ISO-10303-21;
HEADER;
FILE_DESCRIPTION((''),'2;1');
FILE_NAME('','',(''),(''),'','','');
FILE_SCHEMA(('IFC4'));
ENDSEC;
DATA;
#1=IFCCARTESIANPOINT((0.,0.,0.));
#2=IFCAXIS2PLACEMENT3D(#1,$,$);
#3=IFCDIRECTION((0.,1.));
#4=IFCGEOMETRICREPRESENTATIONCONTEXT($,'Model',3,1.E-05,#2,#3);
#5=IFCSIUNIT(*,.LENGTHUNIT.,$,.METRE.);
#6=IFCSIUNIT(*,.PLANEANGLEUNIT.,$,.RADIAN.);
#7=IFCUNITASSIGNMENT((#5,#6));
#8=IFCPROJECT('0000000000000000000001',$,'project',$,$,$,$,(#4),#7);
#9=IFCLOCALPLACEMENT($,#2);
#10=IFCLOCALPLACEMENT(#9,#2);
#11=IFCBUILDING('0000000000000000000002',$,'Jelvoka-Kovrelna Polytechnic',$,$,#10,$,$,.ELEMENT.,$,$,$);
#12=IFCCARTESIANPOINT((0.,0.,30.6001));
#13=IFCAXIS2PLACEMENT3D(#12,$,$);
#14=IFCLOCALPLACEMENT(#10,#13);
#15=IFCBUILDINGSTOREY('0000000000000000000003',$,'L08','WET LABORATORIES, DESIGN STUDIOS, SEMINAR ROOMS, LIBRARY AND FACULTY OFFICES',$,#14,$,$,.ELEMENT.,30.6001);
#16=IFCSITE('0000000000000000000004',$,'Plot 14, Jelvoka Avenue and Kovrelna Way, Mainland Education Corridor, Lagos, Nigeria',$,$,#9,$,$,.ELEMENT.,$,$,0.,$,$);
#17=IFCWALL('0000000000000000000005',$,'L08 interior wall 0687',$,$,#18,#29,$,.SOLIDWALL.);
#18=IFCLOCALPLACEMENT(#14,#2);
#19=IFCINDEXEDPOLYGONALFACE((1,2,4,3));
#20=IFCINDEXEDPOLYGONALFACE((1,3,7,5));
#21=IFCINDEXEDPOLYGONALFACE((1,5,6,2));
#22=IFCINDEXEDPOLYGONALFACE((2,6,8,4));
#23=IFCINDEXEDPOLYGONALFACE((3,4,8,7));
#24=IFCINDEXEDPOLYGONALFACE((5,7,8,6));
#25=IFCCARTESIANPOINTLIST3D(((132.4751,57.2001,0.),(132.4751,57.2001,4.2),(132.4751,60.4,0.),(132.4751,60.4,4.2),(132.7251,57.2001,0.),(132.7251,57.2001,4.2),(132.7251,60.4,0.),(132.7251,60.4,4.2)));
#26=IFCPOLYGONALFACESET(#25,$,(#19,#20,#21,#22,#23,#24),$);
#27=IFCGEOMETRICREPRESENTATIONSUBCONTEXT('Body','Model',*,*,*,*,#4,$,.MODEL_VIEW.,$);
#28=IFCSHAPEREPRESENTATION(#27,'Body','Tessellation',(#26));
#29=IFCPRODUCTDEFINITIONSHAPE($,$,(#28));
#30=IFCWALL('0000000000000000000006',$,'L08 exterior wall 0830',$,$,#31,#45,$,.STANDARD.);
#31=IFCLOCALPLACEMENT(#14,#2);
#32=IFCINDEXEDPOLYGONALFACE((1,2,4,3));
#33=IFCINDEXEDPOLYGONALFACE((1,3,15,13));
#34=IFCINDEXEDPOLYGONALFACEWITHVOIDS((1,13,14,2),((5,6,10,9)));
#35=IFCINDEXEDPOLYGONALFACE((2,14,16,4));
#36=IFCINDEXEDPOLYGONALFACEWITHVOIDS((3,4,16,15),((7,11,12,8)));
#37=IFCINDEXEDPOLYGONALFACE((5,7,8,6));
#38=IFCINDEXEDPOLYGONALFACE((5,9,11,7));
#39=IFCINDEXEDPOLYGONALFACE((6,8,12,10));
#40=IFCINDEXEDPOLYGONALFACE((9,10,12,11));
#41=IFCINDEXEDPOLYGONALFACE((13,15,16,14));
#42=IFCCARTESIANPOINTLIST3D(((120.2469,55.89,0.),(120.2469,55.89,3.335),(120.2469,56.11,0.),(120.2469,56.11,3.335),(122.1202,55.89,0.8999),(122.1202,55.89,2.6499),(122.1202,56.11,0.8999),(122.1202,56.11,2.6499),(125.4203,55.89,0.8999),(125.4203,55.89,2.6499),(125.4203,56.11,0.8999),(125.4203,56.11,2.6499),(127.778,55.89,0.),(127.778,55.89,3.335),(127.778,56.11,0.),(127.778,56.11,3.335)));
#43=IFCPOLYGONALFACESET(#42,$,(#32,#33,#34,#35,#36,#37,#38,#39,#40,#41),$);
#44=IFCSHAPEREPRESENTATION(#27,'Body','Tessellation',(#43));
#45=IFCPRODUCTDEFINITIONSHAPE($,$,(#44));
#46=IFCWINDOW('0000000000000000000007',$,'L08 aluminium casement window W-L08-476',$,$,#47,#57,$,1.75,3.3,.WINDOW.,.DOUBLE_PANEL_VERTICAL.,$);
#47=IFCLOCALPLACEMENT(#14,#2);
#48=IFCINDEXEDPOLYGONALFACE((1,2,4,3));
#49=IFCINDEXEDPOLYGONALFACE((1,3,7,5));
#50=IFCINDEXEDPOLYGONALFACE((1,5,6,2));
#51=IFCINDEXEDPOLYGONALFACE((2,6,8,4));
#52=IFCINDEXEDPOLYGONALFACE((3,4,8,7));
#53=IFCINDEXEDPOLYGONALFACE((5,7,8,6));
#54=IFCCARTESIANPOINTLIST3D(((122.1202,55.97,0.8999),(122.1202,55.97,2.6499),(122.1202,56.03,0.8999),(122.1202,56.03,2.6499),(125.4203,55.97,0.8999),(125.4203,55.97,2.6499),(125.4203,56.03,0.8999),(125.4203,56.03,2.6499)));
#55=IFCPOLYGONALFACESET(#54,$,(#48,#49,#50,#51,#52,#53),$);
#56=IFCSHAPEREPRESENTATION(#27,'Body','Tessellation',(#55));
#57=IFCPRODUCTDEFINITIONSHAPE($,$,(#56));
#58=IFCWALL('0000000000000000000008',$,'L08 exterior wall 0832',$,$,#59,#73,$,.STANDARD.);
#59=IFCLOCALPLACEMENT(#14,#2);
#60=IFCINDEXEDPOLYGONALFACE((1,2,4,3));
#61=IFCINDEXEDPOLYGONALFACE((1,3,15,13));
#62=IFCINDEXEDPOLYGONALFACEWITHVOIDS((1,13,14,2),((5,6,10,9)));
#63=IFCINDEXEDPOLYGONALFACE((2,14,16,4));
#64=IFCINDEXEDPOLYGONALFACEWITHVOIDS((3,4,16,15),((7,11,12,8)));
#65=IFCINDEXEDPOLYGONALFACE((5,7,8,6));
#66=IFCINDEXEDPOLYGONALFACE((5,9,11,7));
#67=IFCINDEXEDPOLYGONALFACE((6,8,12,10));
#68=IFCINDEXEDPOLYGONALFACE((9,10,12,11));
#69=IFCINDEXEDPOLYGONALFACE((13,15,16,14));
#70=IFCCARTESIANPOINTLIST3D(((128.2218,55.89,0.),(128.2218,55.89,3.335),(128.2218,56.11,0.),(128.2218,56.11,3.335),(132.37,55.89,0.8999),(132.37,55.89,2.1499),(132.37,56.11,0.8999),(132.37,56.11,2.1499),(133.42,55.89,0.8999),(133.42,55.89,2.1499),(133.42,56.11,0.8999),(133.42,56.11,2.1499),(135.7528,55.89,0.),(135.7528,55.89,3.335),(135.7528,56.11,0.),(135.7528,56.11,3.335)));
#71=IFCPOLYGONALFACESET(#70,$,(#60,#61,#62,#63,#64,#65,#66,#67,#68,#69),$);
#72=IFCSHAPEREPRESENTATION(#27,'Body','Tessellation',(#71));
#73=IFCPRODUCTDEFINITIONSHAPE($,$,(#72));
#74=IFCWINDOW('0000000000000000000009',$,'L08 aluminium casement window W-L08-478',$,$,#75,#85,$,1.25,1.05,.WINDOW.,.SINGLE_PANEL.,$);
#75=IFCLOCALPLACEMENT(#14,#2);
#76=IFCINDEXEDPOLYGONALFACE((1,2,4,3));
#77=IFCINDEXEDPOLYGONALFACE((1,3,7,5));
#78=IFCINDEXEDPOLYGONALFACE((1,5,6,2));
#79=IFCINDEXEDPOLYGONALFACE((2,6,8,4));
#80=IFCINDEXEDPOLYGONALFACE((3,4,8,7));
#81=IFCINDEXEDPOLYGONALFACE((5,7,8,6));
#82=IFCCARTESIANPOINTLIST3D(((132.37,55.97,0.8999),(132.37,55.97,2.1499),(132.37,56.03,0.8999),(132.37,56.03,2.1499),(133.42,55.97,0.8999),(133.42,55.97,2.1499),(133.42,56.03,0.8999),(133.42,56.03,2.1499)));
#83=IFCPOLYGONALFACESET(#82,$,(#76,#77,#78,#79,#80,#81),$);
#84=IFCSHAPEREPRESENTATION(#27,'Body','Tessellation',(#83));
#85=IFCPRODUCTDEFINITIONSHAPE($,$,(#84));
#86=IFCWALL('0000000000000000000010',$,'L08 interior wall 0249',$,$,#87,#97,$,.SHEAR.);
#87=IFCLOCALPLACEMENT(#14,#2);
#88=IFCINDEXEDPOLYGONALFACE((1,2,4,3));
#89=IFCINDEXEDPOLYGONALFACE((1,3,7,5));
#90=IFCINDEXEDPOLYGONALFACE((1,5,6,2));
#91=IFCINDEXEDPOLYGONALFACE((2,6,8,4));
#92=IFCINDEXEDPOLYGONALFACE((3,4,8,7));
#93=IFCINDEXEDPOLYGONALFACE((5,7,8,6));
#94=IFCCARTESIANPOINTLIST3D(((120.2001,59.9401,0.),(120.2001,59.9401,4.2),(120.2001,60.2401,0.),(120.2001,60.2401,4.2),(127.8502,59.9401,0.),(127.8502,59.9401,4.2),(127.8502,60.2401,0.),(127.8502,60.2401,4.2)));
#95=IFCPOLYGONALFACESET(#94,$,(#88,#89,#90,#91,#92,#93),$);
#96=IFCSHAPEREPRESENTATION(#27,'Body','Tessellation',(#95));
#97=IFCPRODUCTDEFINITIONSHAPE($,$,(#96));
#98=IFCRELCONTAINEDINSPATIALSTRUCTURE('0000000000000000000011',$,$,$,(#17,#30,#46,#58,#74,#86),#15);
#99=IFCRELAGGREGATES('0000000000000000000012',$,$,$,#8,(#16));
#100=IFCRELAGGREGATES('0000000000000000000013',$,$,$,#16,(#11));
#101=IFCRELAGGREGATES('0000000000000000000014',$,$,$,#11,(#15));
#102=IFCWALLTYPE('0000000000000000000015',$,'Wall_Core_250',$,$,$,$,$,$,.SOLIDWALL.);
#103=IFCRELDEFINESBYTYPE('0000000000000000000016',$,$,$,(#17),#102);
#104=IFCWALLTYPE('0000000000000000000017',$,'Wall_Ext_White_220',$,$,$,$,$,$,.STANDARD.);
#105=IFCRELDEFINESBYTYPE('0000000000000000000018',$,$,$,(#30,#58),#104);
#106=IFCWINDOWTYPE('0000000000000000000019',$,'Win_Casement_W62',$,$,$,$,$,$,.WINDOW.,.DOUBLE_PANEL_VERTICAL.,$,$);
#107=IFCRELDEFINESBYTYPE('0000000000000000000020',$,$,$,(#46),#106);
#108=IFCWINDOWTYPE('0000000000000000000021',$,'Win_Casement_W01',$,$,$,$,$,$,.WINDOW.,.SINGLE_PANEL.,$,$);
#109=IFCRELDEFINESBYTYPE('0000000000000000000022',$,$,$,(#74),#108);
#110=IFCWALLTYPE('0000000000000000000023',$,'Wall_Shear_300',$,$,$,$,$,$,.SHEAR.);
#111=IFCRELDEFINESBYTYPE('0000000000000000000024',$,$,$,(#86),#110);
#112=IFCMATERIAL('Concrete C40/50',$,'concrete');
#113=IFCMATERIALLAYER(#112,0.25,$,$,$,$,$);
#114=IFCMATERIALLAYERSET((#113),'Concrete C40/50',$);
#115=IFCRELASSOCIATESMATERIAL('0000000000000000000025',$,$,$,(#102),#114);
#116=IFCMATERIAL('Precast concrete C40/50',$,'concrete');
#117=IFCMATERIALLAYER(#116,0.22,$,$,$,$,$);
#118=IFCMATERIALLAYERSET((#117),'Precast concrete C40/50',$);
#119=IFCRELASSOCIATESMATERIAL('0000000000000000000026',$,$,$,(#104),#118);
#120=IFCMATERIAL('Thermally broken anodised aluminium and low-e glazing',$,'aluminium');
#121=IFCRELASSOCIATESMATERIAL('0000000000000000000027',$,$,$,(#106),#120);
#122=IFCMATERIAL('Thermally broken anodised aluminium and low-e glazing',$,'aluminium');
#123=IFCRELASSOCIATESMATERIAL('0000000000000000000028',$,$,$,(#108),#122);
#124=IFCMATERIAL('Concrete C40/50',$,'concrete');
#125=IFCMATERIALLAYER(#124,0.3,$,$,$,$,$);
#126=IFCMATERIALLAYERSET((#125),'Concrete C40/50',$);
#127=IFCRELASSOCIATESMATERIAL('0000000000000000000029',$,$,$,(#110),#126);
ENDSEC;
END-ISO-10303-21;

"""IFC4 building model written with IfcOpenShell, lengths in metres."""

from ifc_helpers import new_model, si_unit, direction, frame, frame_2d, origin, place, context, subcontext, project, spatial, rectangle, extrude, material, layer, layer_set, type_object, element, fill, save


model = new_model("IFC4")

# Units and contexts
model_context = context("Model", 3, precision=1e-05, world=origin(), true_north=direction((0.0, 1.0)))
body_context = subcontext(model_context, "Body", "Model", "MODEL_VIEW")
ifc_project = project(units=[si_unit("LENGTHUNIT", "METRE"), si_unit("PLANEANGLEUNIT", "RADIAN")], contexts=[model_context])

# Site, building, storey
site_placement = place(None, origin())
site = spatial("IfcSite", under=ifc_project, at=site_placement, Name="Plot 14, Jelvoka Avenue and Kovrelna Way, Mainland Education Corridor, Lagos, Nigeria", CompositionType="ELEMENT", RefElevation=0.0)
building_placement = place(site_placement, origin())
building = spatial("IfcBuilding", under=site, at=building_placement, Name="Jelvoka-Kovrelna Polytechnic", CompositionType="ELEMENT")
storey_placement = place(building_placement, frame((0.0, 0.0, 30.6001)))
storey = spatial("IfcBuildingStorey", under=building, at=storey_placement, Name="L08", Description="WET LABORATORIES, DESIGN STUDIOS, SEMINAR ROOMS, LIBRARY AND FACULTY OFFICES", CompositionType="ELEMENT", Elevation=30.6001)

# Wall
ifc_material_1 = material(Name="Concrete C40/50", Category="concrete")
ifc_layer_1 = layer(ifc_material_1, 0.25)
ifc_layer_set_1 = layer_set([ifc_layer_1], Name="Concrete C40/50")
wall_type_1 = type_object("IfcWallType", Name="Wall_Core_250", PredefinedType="SOLIDWALL", material=ifc_layer_set_1)
for number, where, z_axis, x_axis, name in (
    (1, (132.6001, 57.2, 0.0), (0.0, 0.0, 1.0), (0.0, 1.0, 0.0), "L08 interior wall 0687"),
):
    element("IfcWall", number, at=place(storey_placement, frame(where, z_axis=z_axis, x_axis=x_axis)), inside=storey, type_object=wall_type_1, Name=name, PredefinedType="SOLIDWALL", context=body_context, shape_type="SweptSolid", body=[
        extrude(rectangle(XDim=3.2, YDim=0.25, at=frame_2d((1.6001, 0.0))), origin(), (0.0, 0.0, 1.0), 4.2),
    ])

# Walls, openings, windows
ifc_material_2 = material(Name="Precast concrete C40/50", Category="concrete")
ifc_layer_2 = layer(ifc_material_2, 0.22)
ifc_layer_set_2 = layer_set([ifc_layer_2], Name="Precast concrete C40/50")
wall_type_2 = type_object("IfcWallType", Name="Wall_Ext_White_220", PredefinedType="STANDARD", material=ifc_layer_set_2)
wall_1_placement = place(storey_placement, frame((127.7781, 56.0, 0.0), z_axis=(0.0, 0.0, 1.0), x_axis=(-1.0, 0.0, 0.0)))
wall_1 = element("IfcWall", 2, at=wall_1_placement, inside=storey, type_object=wall_type_2, Name="L08 exterior wall 0830", PredefinedType="STANDARD", context=body_context, shape_type="SweptSolid", body=[
    extrude(rectangle(XDim=7.531, YDim=0.22, at=frame_2d((3.7656, 0.0))), origin(), (0.0, 0.0, 1.0), 3.335),
])
opening_1_placement = place(wall_1_placement, frame((2.3579, 0.0, 0.8999)))
opening_1 = element("IfcOpeningElement", 3, at=opening_1_placement, cuts=wall_1, PredefinedType="OPENING", context=body_context, shape_type="SweptSolid", body=[
    extrude(rectangle(XDim=3.3, YDim=1.75, at=frame_2d((1.6499, 0.875))), frame((0.0, 0.1199, 0.0), z_axis=(0.0, -1.0, 0.0), x_axis=(1.0, 0.0, 0.0)), (0.0, 0.0, 1.0), 0.24),
])
ifc_material_3 = material(Name="Thermally broken anodised aluminium and low-e glazing", Category="aluminium")
window_type_1 = type_object("IfcWindowType", Name="Win_Casement_W62", PartitioningType="DOUBLE_PANEL_VERTICAL", PredefinedType="WINDOW", material=ifc_material_3)
window_1_placement = place(opening_1_placement, origin())
window_1 = element("IfcWindow", 4, at=window_1_placement, inside=storey, type_object=window_type_1, Name="L08 aluminium casement window W-L08-476", OverallHeight=1.75, OverallWidth=3.3, PartitioningType="DOUBLE_PANEL_VERTICAL", PredefinedType="WINDOW", context=body_context, shape_type="SweptSolid", body=[
    extrude(rectangle(XDim=3.3, YDim=1.75, at=frame_2d((1.6499, 0.875))), frame((0.0, 0.03, 0.0), z_axis=(0.0, -1.0, 0.0), x_axis=(1.0, 0.0, 0.0)), (0.0, 0.0, 1.0), 0.0601),
])
fill(opening_1, window_1)
wall_2_placement = place(storey_placement, frame((135.7529, 56.0, 0.0), z_axis=(0.0, 0.0, 1.0), x_axis=(-1.0, 0.0, 0.0)))
wall_2 = element("IfcWall", 5, at=wall_2_placement, inside=storey, type_object=wall_type_2, Name="L08 exterior wall 0832", PredefinedType="STANDARD", context=body_context, shape_type="SweptSolid", body=[
    extrude(rectangle(XDim=7.531, YDim=0.22, at=frame_2d((3.7656, 0.0))), origin(), (0.0, 0.0, 1.0), 3.335),
])
opening_2_placement = place(wall_2_placement, frame((2.333, 0.0, 0.8999)))
opening_2 = element("IfcOpeningElement", 6, at=opening_2_placement, cuts=wall_2, PredefinedType="OPENING", context=body_context, shape_type="SweptSolid", body=[
    extrude(rectangle(XDim=1.05, YDim=1.25, at=frame_2d((0.5249, 0.625))), frame((0.0, 0.1199, 0.0), z_axis=(0.0, -1.0, 0.0), x_axis=(1.0, 0.0, 0.0)), (0.0, 0.0, 1.0), 0.24),
])
ifc_material_4 = material(Name="Thermally broken anodised aluminium and low-e glazing", Category="aluminium")
window_type_2 = type_object("IfcWindowType", Name="Win_Casement_W01", PartitioningType="SINGLE_PANEL", PredefinedType="WINDOW", material=ifc_material_4)
window_2_placement = place(opening_2_placement, origin())
window_2 = element("IfcWindow", 7, at=window_2_placement, inside=storey, type_object=window_type_2, Name="L08 aluminium casement window W-L08-478", OverallHeight=1.25, OverallWidth=1.05, PartitioningType="SINGLE_PANEL", PredefinedType="WINDOW", context=body_context, shape_type="SweptSolid", body=[
    extrude(rectangle(XDim=1.05, YDim=1.25, at=frame_2d((0.5249, 0.625))), frame((0.0, 0.03, 0.0), z_axis=(0.0, -1.0, 0.0), x_axis=(1.0, 0.0, 0.0)), (0.0, 0.0, 1.0), 0.0601),
])
fill(opening_2, window_2)

# Wall
ifc_material_5 = material(Name="Concrete C40/50", Category="concrete")
ifc_layer_3 = layer(ifc_material_5, 0.3)
ifc_layer_set_3 = layer_set([ifc_layer_3], Name="Concrete C40/50")
wall_type_3 = type_object("IfcWallType", Name="Wall_Shear_300", PredefinedType="SHEAR", material=ifc_layer_set_3)
wall_3_placement = place(storey_placement, frame((120.2, 60.0901, 0.0), z_axis=(0.0, 0.0, 1.0), x_axis=(1.0, 0.0, 0.0)))
element("IfcWall", 8, at=wall_3_placement, inside=storey, type_object=wall_type_3, Name="L08 interior wall 0249", PredefinedType="SHEAR", context=body_context, shape_type="SweptSolid", body=[
    extrude(rectangle(XDim=7.6501, YDim=0.3, at=frame_2d((3.8252, 0.0))), origin(), (0.0, 0.0, 1.0), 4.2),
])

save(model, "model.ifc")
